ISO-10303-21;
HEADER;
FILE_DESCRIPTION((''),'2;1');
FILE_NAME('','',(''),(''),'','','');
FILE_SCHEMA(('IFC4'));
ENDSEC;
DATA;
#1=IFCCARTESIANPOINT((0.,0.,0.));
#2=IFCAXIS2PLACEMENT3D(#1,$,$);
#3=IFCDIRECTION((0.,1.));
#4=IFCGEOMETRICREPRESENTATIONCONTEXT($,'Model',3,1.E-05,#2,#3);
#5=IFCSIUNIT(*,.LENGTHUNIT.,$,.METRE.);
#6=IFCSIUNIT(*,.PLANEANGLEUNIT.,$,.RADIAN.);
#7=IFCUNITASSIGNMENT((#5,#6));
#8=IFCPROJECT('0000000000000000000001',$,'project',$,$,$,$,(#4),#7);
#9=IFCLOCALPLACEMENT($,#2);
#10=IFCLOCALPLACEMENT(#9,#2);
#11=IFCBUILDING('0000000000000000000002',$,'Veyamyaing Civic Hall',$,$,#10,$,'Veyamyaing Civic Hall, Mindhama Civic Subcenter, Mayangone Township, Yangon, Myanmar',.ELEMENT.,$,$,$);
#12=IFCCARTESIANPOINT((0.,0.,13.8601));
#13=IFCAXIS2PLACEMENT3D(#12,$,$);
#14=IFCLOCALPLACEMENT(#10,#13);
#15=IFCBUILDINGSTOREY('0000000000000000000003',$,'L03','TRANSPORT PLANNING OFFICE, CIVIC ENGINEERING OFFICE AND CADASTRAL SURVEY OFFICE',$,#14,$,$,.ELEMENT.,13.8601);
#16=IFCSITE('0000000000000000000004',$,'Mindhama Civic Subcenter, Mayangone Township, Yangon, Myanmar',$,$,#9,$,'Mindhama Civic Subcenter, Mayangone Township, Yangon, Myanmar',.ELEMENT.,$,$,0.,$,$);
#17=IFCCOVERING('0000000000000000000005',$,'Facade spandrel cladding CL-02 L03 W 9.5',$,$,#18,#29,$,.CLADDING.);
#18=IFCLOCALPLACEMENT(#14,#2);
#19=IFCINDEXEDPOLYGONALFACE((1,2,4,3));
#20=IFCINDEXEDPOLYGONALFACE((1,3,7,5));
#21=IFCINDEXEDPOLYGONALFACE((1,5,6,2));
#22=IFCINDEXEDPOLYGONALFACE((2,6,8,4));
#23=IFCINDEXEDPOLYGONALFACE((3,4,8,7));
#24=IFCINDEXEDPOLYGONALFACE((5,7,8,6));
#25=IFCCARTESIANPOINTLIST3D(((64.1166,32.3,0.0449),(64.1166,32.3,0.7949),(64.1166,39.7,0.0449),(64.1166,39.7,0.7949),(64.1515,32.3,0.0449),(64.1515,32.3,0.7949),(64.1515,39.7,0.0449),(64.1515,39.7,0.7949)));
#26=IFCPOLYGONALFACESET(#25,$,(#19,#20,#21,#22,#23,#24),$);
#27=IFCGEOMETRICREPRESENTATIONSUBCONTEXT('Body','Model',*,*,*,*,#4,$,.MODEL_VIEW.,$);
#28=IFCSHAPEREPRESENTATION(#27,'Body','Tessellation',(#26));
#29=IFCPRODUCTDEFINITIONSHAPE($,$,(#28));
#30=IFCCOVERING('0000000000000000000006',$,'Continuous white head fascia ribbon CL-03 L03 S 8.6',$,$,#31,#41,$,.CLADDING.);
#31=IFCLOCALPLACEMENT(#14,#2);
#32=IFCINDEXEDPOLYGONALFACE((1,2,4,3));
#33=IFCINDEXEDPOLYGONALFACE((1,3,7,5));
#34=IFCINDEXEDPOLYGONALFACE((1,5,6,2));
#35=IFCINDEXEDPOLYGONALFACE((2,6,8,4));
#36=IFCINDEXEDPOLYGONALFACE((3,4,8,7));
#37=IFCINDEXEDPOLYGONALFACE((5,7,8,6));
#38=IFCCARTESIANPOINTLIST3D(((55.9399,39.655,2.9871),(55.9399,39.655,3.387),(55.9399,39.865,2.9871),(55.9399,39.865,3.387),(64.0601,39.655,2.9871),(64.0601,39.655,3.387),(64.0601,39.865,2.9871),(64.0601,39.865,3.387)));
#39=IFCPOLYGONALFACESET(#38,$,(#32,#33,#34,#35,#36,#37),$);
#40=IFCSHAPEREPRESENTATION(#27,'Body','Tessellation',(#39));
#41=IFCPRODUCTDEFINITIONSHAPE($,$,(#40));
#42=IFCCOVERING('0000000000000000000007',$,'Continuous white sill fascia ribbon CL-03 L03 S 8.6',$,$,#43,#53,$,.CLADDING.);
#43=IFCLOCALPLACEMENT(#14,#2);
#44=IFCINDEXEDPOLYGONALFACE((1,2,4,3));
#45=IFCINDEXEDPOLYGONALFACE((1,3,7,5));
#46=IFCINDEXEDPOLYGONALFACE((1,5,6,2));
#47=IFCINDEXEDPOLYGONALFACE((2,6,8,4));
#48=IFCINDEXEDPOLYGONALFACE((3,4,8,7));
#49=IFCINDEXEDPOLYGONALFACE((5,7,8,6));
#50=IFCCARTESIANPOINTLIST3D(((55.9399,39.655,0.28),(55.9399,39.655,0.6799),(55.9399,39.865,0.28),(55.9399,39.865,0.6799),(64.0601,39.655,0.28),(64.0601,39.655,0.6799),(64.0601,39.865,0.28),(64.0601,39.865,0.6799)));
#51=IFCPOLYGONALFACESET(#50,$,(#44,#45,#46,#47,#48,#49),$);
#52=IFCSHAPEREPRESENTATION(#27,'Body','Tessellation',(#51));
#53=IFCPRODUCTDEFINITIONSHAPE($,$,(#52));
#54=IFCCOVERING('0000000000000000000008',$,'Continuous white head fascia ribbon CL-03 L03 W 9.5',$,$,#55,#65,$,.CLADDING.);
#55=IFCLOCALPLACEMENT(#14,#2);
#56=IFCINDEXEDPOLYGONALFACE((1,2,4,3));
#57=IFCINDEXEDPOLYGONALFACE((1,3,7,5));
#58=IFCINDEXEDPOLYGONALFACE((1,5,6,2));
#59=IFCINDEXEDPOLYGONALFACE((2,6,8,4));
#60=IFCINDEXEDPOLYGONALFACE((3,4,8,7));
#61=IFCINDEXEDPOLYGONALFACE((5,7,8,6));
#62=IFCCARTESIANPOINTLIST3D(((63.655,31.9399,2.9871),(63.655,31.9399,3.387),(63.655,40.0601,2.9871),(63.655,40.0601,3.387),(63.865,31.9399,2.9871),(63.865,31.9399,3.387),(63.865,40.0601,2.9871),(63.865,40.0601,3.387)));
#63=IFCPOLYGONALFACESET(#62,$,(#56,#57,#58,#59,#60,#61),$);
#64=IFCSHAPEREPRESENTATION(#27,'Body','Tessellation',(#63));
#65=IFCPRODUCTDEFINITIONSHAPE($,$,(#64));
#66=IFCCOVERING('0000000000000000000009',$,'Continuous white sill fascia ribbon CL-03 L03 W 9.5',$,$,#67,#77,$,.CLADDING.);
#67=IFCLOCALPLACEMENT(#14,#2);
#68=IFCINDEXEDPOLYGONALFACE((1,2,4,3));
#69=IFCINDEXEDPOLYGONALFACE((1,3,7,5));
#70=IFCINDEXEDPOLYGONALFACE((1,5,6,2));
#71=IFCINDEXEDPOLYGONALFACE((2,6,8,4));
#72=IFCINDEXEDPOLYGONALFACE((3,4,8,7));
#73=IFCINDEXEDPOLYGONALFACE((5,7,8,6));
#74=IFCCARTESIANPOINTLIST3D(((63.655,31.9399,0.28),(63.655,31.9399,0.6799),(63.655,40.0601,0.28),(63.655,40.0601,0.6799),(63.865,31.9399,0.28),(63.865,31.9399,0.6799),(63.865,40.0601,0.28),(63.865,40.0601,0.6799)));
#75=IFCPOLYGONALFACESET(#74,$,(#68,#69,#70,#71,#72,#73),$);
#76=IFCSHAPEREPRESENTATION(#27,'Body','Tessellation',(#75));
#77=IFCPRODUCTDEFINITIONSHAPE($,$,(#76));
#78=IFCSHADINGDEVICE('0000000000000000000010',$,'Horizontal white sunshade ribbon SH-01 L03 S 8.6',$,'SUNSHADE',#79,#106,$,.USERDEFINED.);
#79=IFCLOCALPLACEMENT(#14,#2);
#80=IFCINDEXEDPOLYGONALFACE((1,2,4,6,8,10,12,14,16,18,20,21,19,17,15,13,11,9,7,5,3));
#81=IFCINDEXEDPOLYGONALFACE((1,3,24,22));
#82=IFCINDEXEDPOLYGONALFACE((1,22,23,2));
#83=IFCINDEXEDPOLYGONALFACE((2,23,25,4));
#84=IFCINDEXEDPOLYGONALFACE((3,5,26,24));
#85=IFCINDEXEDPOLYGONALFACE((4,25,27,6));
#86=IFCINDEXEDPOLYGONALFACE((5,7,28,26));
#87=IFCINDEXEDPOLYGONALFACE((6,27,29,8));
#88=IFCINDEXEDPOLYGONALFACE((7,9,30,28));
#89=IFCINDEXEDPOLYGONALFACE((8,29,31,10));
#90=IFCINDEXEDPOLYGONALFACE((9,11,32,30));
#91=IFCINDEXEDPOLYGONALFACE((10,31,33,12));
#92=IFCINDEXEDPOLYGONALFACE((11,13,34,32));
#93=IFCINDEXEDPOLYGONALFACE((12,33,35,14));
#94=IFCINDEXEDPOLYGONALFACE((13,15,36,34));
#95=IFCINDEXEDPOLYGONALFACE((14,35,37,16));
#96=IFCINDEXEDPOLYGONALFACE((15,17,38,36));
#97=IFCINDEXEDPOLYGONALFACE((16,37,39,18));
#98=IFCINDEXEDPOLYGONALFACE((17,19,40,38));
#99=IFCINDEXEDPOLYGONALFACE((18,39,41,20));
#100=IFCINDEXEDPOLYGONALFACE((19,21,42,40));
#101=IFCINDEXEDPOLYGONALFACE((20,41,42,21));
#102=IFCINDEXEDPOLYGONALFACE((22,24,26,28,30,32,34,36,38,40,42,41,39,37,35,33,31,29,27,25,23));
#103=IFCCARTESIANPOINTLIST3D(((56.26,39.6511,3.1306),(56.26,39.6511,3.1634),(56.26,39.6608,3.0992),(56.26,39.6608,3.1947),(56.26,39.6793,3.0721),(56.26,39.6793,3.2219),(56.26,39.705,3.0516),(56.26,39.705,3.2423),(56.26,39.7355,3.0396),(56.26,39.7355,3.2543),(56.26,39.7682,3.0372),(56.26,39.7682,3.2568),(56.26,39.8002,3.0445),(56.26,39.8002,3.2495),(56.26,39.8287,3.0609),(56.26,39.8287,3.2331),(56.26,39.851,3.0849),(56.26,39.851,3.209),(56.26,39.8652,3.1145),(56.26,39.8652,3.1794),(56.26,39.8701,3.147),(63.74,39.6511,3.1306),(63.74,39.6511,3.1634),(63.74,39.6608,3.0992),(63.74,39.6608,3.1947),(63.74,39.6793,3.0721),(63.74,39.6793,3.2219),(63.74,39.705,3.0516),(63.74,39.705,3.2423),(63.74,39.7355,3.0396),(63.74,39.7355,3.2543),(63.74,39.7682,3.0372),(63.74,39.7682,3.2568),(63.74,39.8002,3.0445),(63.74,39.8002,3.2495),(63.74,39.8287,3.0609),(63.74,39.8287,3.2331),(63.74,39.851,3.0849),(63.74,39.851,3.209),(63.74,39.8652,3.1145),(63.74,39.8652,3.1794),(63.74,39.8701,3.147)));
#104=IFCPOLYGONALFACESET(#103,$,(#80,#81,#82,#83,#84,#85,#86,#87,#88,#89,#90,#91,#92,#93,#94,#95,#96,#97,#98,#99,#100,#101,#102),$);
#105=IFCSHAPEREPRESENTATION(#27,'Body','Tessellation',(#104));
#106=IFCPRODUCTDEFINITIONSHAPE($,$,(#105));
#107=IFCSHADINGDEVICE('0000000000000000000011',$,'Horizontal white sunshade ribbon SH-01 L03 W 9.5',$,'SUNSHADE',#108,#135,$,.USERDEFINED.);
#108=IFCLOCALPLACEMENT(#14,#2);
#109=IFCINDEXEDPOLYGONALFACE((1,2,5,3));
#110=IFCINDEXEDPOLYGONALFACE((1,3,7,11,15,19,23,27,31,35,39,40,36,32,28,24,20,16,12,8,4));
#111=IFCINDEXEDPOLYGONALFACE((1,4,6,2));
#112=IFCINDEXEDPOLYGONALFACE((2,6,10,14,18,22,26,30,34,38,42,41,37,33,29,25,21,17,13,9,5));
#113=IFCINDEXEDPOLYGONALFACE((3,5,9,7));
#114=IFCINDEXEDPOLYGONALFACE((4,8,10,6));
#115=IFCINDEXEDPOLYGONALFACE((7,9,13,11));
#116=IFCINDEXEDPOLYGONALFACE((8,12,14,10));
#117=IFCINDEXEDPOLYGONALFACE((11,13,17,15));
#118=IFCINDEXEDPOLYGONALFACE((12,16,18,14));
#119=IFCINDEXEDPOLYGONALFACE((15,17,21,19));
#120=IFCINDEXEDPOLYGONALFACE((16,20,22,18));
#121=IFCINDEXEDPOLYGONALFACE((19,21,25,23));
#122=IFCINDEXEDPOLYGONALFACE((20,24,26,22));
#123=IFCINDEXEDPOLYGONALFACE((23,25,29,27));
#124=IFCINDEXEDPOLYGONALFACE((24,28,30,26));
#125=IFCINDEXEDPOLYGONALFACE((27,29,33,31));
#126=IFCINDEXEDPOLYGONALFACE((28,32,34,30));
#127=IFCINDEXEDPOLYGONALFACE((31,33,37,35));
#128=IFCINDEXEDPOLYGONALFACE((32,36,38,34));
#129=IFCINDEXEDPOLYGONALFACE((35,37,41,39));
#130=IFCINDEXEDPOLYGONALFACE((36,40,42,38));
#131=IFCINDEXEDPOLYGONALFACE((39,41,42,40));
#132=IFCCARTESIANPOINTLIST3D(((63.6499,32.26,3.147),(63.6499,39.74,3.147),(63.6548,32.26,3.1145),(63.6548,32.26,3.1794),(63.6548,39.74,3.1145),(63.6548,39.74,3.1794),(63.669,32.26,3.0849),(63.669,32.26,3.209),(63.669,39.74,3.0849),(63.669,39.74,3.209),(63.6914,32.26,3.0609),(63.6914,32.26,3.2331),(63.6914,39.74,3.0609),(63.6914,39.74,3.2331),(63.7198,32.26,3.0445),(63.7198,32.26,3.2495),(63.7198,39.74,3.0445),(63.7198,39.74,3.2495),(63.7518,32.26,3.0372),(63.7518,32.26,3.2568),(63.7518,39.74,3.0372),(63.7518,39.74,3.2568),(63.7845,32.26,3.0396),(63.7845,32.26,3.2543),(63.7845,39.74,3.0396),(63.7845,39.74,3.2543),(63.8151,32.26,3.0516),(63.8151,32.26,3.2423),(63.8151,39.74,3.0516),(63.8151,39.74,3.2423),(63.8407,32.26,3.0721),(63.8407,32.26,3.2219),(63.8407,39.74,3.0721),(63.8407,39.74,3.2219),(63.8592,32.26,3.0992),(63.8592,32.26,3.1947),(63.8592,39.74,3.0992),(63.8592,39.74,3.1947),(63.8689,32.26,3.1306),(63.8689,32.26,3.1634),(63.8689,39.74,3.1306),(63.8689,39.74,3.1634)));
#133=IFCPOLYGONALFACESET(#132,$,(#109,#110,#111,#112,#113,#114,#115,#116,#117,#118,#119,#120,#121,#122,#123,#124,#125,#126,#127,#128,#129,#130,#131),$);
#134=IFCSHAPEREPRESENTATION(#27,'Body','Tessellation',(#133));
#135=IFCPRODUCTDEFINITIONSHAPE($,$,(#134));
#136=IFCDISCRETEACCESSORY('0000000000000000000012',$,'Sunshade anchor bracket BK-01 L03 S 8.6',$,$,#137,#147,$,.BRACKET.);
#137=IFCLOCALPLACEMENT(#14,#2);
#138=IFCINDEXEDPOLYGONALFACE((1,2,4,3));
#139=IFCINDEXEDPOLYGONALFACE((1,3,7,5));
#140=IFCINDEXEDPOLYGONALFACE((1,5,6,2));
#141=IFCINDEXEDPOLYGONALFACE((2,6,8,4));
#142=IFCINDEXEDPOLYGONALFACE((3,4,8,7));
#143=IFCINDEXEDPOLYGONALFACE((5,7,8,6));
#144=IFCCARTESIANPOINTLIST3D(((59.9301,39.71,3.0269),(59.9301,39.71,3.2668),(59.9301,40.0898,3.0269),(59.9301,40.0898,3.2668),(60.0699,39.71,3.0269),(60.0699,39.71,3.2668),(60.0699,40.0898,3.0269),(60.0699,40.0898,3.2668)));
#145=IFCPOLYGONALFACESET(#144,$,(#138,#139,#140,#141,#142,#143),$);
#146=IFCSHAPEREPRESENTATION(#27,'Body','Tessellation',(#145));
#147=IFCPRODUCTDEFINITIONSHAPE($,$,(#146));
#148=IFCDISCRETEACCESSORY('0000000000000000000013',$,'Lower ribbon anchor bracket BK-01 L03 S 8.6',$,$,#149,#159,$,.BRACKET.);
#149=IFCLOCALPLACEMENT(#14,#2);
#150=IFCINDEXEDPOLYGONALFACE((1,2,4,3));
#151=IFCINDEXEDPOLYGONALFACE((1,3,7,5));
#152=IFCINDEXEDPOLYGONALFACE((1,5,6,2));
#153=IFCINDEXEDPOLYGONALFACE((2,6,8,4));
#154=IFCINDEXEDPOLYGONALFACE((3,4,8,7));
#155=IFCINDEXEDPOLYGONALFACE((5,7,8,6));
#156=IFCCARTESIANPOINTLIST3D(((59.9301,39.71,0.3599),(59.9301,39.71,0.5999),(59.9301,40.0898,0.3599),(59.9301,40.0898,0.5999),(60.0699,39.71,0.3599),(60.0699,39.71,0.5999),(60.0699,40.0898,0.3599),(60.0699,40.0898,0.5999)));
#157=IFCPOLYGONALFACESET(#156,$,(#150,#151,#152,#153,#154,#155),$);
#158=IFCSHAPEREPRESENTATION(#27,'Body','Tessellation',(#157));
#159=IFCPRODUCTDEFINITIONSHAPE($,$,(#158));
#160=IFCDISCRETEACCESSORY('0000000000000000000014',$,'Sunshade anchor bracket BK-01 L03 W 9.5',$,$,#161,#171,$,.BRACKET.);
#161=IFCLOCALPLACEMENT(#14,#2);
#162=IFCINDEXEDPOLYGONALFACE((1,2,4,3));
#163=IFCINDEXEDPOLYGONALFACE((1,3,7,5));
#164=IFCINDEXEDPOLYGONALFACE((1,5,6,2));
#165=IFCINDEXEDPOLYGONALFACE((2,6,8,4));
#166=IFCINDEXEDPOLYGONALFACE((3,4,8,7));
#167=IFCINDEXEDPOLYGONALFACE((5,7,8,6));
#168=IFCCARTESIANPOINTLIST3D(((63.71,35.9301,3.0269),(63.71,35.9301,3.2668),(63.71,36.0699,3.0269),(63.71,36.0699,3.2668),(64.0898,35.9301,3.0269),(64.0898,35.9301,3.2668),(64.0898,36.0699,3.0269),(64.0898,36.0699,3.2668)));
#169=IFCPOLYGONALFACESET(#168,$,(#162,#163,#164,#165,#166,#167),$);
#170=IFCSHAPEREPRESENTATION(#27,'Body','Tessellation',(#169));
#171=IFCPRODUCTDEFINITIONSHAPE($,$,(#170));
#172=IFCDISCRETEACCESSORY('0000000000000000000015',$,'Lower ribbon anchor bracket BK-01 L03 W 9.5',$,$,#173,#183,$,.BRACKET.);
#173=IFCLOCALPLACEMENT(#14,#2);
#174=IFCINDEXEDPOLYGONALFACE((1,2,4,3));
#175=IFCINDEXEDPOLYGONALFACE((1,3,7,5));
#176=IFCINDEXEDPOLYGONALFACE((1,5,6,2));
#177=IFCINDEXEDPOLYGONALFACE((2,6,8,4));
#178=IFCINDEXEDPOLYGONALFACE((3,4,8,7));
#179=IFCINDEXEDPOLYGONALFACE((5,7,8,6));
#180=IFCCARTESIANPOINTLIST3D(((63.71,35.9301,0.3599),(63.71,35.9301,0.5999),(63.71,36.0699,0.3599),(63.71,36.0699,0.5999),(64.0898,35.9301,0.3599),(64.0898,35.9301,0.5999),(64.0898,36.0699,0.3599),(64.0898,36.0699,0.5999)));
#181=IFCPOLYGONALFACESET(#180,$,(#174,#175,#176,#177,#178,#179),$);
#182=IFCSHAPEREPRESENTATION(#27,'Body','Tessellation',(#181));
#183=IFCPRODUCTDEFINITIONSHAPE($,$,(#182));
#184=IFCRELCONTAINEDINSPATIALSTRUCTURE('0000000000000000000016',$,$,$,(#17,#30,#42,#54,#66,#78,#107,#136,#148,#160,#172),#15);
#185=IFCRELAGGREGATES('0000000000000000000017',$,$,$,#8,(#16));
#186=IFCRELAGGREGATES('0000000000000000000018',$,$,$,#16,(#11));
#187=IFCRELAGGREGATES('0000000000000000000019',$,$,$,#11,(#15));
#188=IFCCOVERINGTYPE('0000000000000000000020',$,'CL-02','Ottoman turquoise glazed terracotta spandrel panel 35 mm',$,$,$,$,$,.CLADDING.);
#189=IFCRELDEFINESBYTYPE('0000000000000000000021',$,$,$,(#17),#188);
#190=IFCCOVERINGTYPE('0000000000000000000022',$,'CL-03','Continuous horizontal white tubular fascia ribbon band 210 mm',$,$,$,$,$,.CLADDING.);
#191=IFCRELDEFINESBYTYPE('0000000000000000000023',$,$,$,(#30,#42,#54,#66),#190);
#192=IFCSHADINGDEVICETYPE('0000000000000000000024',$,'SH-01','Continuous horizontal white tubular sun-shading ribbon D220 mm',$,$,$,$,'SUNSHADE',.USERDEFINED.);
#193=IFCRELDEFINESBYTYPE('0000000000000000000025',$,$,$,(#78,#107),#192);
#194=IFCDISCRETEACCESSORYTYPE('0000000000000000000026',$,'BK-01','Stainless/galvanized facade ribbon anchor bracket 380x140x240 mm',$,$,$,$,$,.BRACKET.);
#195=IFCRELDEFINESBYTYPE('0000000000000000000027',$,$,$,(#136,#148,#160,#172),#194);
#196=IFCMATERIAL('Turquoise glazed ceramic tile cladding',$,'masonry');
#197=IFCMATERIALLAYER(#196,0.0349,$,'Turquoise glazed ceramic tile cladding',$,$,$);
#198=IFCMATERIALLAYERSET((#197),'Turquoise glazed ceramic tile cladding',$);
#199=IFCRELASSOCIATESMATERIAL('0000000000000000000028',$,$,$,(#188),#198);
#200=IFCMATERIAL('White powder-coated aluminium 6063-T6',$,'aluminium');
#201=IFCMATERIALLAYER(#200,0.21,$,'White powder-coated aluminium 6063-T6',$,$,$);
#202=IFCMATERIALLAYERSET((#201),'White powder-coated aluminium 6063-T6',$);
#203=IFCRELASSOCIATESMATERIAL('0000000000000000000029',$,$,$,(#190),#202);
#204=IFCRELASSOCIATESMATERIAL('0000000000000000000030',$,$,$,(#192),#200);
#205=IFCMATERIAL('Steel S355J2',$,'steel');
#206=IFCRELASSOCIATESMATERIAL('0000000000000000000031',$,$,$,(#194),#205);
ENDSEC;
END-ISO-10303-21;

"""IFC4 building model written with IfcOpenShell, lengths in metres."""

from ifc_helpers import new_model, si_unit, direction, frame, origin, origin_2d, place, context, subcontext, project, spatial, rectangle, circle, extrude, material, layer, layer_set, material_profile, profile_set, type_object, element, save


model = new_model("IFC4")

# Units and contexts
model_context = context("Model", 3, precision=1e-05, world=origin(), true_north=direction((0.0, 1.0)))
body_context = subcontext(model_context, "Body", "Model", "MODEL_VIEW")
ifc_project = project(units=[si_unit("LENGTHUNIT", "METRE"), si_unit("PLANEANGLEUNIT", "RADIAN")], contexts=[model_context])

# Site, building, storey
site_placement = place(None, origin())
site = spatial("IfcSite", under=ifc_project, at=site_placement, Name="Mindhama Civic Subcenter, Mayangone Township, Yangon, Myanmar", LongName="Mindhama Civic Subcenter, Mayangone Township, Yangon, Myanmar", CompositionType="ELEMENT", RefElevation=0.0)
building_placement = place(site_placement, origin())
building = spatial("IfcBuilding", under=site, at=building_placement, Name="Veyamyaing Civic Hall", LongName="Veyamyaing Civic Hall, Mindhama Civic Subcenter, Mayangone Township, Yangon, Myanmar", CompositionType="ELEMENT")
storey_placement = place(building_placement, frame((0.0, 0.0, 13.8601)))
storey = spatial("IfcBuildingStorey", under=building, at=storey_placement, Name="L03", Description="TRANSPORT PLANNING OFFICE, CIVIC ENGINEERING OFFICE AND CADASTRAL SURVEY OFFICE", CompositionType="ELEMENT", Elevation=13.8601)

# Shared definitions
ifc_material_1 = material(Name="Steel S355J2", Category="steel")

# Coverings
ifc_material_2 = material(Name="Turquoise glazed ceramic tile cladding", Category="masonry")
ifc_layer_1 = layer(ifc_material_2, 0.0349, Name="Turquoise glazed ceramic tile cladding")
ifc_layer_set_1 = layer_set([ifc_layer_1], Name="Turquoise glazed ceramic tile cladding")
covering_type_1 = type_object("IfcCoveringType", Name="CL-02", Description="Ottoman turquoise glazed terracotta spandrel panel 35 mm", PredefinedType="CLADDING", material=ifc_layer_set_1)
covering_placement = place(storey_placement, frame((64.134, 36.0, 0.0449), z_axis=(0.0, 0.0, 1.0), x_axis=(0.0, 1.0, 0.0)))
element("IfcCovering", 1, at=covering_placement, inside=storey, type_object=covering_type_1, Name="Facade spandrel cladding CL-02 L03 W 9.5", PredefinedType="CLADDING", context=body_context, shape_type="SweptSolid", body=[
    extrude(rectangle(XDim=7.3999, YDim=0.0349, at=origin_2d()), origin(), (0.0, 0.0, 1.0), 0.75),
])
ifc_material_3 = material(Name="White powder-coated aluminium 6063-T6", Category="aluminium")
ifc_layer_2 = layer(ifc_material_3, 0.21, Name="White powder-coated aluminium 6063-T6")
ifc_layer_set_2 = layer_set([ifc_layer_2], Name="White powder-coated aluminium 6063-T6")
covering_type_2 = type_object("IfcCoveringType", Name="CL-03", Description="Continuous horizontal white tubular fascia ribbon band 210 mm", PredefinedType="CLADDING", material=ifc_layer_set_2)
for number, where, z_axis, x_axis, name in (
    (2, (60.0, 39.76, 2.9871), (0.0, 0.0, 1.0), (1.0, 0.0, 0.0), "Continuous white head fascia ribbon CL-03 L03 S 8.6"),
    (3, (60.0, 39.76, 0.28), (0.0, 0.0, 1.0), (1.0, 0.0, 0.0), "Continuous white sill fascia ribbon CL-03 L03 S 8.6"),
    (4, (63.76, 36.0, 2.9871), (0.0, 0.0, 1.0), (0.0, 1.0, 0.0), "Continuous white head fascia ribbon CL-03 L03 W 9.5"),
    (5, (63.76, 36.0, 0.28), (0.0, 0.0, 1.0), (0.0, 1.0, 0.0), "Continuous white sill fascia ribbon CL-03 L03 W 9.5"),
):
    element("IfcCovering", number, at=place(storey_placement, frame(where, z_axis=z_axis, x_axis=x_axis)), inside=storey, type_object=covering_type_2, Name=name, PredefinedType="CLADDING", context=body_context, shape_type="SweptSolid", body=[
        extrude(rectangle(XDim=8.1201, YDim=0.21, at=origin_2d()), origin(), (0.0, 0.0, 1.0), 0.3999),
    ])

# Shading devices
ifc_material_profile_1 = material_profile(ifc_material_3, circle(Radius=0.1101, at=origin_2d()), Name="SHADE-TUBE-220")
ifc_profile_set_1 = profile_set([ifc_material_profile_1], Name="White powder-coated aluminium 6063-T6")
shading_device_type = type_object("IfcShadingDeviceType", Name="SH-01", Description="Continuous horizontal white tubular sun-shading ribbon D220 mm", ElementType="SUNSHADE", PredefinedType="USERDEFINED", material=ifc_profile_set_1)
for number, where, z_axis, x_axis, name in (
    (6, (56.26, 39.76, 3.147), (1.0, 0.0, 0.0), (0.0, 1.0, 0.0), "Horizontal white sunshade ribbon SH-01 L03 S 8.6"),
    (7, (63.76, 32.26, 3.147), (0.0, 1.0, 0.0), (-1.0, 0.0, 0.0), "Horizontal white sunshade ribbon SH-01 L03 W 9.5"),
):
    element("IfcShadingDevice", number, at=place(storey_placement, frame(where, z_axis=z_axis, x_axis=x_axis)), inside=storey, type_object=shading_device_type, Name=name, ObjectType="SUNSHADE", PredefinedType="USERDEFINED", context=body_context, shape_type="SweptSolid", body=[
        extrude(circle(Radius=0.1101, at=origin_2d()), origin(), (0.0, 0.0, 1.0), 7.48),
    ])

# Discrete accessories
discrete_accessory_type = type_object("IfcDiscreteAccessoryType", Name="BK-01", Description="Stainless/galvanized facade ribbon anchor bracket 380x140x240 mm", PredefinedType="BRACKET", material=ifc_material_1)
for number, where, z_axis, x_axis, name in (
    (8, (60.0, 39.8999, 3.0269), (0.0, 0.0, 1.0), (0.0, -1.0, 0.0), "Sunshade anchor bracket BK-01 L03 S 8.6"),
    (9, (60.0, 39.8999, 0.3599), (0.0, 0.0, 1.0), (0.0, -1.0, 0.0), "Lower ribbon anchor bracket BK-01 L03 S 8.6"),
    (10, (63.8999, 36.0, 3.0269), (0.0, 0.0, 1.0), (-1.0, 0.0, 0.0), "Sunshade anchor bracket BK-01 L03 W 9.5"),
    (11, (63.8999, 36.0, 0.3599), (0.0, 0.0, 1.0), (-1.0, 0.0, 0.0), "Lower ribbon anchor bracket BK-01 L03 W 9.5"),
):
    element("IfcDiscreteAccessory", number, at=place(storey_placement, frame(where, z_axis=z_axis, x_axis=x_axis)), inside=storey, type_object=discrete_accessory_type, Name=name, PredefinedType="BRACKET", context=body_context, shape_type="SweptSolid", body=[
        extrude(rectangle(XDim=0.3799, YDim=0.1399, at=origin_2d()), origin(), (0.0, 0.0, 1.0), 0.24),
    ])

save(model, "model.ifc")
